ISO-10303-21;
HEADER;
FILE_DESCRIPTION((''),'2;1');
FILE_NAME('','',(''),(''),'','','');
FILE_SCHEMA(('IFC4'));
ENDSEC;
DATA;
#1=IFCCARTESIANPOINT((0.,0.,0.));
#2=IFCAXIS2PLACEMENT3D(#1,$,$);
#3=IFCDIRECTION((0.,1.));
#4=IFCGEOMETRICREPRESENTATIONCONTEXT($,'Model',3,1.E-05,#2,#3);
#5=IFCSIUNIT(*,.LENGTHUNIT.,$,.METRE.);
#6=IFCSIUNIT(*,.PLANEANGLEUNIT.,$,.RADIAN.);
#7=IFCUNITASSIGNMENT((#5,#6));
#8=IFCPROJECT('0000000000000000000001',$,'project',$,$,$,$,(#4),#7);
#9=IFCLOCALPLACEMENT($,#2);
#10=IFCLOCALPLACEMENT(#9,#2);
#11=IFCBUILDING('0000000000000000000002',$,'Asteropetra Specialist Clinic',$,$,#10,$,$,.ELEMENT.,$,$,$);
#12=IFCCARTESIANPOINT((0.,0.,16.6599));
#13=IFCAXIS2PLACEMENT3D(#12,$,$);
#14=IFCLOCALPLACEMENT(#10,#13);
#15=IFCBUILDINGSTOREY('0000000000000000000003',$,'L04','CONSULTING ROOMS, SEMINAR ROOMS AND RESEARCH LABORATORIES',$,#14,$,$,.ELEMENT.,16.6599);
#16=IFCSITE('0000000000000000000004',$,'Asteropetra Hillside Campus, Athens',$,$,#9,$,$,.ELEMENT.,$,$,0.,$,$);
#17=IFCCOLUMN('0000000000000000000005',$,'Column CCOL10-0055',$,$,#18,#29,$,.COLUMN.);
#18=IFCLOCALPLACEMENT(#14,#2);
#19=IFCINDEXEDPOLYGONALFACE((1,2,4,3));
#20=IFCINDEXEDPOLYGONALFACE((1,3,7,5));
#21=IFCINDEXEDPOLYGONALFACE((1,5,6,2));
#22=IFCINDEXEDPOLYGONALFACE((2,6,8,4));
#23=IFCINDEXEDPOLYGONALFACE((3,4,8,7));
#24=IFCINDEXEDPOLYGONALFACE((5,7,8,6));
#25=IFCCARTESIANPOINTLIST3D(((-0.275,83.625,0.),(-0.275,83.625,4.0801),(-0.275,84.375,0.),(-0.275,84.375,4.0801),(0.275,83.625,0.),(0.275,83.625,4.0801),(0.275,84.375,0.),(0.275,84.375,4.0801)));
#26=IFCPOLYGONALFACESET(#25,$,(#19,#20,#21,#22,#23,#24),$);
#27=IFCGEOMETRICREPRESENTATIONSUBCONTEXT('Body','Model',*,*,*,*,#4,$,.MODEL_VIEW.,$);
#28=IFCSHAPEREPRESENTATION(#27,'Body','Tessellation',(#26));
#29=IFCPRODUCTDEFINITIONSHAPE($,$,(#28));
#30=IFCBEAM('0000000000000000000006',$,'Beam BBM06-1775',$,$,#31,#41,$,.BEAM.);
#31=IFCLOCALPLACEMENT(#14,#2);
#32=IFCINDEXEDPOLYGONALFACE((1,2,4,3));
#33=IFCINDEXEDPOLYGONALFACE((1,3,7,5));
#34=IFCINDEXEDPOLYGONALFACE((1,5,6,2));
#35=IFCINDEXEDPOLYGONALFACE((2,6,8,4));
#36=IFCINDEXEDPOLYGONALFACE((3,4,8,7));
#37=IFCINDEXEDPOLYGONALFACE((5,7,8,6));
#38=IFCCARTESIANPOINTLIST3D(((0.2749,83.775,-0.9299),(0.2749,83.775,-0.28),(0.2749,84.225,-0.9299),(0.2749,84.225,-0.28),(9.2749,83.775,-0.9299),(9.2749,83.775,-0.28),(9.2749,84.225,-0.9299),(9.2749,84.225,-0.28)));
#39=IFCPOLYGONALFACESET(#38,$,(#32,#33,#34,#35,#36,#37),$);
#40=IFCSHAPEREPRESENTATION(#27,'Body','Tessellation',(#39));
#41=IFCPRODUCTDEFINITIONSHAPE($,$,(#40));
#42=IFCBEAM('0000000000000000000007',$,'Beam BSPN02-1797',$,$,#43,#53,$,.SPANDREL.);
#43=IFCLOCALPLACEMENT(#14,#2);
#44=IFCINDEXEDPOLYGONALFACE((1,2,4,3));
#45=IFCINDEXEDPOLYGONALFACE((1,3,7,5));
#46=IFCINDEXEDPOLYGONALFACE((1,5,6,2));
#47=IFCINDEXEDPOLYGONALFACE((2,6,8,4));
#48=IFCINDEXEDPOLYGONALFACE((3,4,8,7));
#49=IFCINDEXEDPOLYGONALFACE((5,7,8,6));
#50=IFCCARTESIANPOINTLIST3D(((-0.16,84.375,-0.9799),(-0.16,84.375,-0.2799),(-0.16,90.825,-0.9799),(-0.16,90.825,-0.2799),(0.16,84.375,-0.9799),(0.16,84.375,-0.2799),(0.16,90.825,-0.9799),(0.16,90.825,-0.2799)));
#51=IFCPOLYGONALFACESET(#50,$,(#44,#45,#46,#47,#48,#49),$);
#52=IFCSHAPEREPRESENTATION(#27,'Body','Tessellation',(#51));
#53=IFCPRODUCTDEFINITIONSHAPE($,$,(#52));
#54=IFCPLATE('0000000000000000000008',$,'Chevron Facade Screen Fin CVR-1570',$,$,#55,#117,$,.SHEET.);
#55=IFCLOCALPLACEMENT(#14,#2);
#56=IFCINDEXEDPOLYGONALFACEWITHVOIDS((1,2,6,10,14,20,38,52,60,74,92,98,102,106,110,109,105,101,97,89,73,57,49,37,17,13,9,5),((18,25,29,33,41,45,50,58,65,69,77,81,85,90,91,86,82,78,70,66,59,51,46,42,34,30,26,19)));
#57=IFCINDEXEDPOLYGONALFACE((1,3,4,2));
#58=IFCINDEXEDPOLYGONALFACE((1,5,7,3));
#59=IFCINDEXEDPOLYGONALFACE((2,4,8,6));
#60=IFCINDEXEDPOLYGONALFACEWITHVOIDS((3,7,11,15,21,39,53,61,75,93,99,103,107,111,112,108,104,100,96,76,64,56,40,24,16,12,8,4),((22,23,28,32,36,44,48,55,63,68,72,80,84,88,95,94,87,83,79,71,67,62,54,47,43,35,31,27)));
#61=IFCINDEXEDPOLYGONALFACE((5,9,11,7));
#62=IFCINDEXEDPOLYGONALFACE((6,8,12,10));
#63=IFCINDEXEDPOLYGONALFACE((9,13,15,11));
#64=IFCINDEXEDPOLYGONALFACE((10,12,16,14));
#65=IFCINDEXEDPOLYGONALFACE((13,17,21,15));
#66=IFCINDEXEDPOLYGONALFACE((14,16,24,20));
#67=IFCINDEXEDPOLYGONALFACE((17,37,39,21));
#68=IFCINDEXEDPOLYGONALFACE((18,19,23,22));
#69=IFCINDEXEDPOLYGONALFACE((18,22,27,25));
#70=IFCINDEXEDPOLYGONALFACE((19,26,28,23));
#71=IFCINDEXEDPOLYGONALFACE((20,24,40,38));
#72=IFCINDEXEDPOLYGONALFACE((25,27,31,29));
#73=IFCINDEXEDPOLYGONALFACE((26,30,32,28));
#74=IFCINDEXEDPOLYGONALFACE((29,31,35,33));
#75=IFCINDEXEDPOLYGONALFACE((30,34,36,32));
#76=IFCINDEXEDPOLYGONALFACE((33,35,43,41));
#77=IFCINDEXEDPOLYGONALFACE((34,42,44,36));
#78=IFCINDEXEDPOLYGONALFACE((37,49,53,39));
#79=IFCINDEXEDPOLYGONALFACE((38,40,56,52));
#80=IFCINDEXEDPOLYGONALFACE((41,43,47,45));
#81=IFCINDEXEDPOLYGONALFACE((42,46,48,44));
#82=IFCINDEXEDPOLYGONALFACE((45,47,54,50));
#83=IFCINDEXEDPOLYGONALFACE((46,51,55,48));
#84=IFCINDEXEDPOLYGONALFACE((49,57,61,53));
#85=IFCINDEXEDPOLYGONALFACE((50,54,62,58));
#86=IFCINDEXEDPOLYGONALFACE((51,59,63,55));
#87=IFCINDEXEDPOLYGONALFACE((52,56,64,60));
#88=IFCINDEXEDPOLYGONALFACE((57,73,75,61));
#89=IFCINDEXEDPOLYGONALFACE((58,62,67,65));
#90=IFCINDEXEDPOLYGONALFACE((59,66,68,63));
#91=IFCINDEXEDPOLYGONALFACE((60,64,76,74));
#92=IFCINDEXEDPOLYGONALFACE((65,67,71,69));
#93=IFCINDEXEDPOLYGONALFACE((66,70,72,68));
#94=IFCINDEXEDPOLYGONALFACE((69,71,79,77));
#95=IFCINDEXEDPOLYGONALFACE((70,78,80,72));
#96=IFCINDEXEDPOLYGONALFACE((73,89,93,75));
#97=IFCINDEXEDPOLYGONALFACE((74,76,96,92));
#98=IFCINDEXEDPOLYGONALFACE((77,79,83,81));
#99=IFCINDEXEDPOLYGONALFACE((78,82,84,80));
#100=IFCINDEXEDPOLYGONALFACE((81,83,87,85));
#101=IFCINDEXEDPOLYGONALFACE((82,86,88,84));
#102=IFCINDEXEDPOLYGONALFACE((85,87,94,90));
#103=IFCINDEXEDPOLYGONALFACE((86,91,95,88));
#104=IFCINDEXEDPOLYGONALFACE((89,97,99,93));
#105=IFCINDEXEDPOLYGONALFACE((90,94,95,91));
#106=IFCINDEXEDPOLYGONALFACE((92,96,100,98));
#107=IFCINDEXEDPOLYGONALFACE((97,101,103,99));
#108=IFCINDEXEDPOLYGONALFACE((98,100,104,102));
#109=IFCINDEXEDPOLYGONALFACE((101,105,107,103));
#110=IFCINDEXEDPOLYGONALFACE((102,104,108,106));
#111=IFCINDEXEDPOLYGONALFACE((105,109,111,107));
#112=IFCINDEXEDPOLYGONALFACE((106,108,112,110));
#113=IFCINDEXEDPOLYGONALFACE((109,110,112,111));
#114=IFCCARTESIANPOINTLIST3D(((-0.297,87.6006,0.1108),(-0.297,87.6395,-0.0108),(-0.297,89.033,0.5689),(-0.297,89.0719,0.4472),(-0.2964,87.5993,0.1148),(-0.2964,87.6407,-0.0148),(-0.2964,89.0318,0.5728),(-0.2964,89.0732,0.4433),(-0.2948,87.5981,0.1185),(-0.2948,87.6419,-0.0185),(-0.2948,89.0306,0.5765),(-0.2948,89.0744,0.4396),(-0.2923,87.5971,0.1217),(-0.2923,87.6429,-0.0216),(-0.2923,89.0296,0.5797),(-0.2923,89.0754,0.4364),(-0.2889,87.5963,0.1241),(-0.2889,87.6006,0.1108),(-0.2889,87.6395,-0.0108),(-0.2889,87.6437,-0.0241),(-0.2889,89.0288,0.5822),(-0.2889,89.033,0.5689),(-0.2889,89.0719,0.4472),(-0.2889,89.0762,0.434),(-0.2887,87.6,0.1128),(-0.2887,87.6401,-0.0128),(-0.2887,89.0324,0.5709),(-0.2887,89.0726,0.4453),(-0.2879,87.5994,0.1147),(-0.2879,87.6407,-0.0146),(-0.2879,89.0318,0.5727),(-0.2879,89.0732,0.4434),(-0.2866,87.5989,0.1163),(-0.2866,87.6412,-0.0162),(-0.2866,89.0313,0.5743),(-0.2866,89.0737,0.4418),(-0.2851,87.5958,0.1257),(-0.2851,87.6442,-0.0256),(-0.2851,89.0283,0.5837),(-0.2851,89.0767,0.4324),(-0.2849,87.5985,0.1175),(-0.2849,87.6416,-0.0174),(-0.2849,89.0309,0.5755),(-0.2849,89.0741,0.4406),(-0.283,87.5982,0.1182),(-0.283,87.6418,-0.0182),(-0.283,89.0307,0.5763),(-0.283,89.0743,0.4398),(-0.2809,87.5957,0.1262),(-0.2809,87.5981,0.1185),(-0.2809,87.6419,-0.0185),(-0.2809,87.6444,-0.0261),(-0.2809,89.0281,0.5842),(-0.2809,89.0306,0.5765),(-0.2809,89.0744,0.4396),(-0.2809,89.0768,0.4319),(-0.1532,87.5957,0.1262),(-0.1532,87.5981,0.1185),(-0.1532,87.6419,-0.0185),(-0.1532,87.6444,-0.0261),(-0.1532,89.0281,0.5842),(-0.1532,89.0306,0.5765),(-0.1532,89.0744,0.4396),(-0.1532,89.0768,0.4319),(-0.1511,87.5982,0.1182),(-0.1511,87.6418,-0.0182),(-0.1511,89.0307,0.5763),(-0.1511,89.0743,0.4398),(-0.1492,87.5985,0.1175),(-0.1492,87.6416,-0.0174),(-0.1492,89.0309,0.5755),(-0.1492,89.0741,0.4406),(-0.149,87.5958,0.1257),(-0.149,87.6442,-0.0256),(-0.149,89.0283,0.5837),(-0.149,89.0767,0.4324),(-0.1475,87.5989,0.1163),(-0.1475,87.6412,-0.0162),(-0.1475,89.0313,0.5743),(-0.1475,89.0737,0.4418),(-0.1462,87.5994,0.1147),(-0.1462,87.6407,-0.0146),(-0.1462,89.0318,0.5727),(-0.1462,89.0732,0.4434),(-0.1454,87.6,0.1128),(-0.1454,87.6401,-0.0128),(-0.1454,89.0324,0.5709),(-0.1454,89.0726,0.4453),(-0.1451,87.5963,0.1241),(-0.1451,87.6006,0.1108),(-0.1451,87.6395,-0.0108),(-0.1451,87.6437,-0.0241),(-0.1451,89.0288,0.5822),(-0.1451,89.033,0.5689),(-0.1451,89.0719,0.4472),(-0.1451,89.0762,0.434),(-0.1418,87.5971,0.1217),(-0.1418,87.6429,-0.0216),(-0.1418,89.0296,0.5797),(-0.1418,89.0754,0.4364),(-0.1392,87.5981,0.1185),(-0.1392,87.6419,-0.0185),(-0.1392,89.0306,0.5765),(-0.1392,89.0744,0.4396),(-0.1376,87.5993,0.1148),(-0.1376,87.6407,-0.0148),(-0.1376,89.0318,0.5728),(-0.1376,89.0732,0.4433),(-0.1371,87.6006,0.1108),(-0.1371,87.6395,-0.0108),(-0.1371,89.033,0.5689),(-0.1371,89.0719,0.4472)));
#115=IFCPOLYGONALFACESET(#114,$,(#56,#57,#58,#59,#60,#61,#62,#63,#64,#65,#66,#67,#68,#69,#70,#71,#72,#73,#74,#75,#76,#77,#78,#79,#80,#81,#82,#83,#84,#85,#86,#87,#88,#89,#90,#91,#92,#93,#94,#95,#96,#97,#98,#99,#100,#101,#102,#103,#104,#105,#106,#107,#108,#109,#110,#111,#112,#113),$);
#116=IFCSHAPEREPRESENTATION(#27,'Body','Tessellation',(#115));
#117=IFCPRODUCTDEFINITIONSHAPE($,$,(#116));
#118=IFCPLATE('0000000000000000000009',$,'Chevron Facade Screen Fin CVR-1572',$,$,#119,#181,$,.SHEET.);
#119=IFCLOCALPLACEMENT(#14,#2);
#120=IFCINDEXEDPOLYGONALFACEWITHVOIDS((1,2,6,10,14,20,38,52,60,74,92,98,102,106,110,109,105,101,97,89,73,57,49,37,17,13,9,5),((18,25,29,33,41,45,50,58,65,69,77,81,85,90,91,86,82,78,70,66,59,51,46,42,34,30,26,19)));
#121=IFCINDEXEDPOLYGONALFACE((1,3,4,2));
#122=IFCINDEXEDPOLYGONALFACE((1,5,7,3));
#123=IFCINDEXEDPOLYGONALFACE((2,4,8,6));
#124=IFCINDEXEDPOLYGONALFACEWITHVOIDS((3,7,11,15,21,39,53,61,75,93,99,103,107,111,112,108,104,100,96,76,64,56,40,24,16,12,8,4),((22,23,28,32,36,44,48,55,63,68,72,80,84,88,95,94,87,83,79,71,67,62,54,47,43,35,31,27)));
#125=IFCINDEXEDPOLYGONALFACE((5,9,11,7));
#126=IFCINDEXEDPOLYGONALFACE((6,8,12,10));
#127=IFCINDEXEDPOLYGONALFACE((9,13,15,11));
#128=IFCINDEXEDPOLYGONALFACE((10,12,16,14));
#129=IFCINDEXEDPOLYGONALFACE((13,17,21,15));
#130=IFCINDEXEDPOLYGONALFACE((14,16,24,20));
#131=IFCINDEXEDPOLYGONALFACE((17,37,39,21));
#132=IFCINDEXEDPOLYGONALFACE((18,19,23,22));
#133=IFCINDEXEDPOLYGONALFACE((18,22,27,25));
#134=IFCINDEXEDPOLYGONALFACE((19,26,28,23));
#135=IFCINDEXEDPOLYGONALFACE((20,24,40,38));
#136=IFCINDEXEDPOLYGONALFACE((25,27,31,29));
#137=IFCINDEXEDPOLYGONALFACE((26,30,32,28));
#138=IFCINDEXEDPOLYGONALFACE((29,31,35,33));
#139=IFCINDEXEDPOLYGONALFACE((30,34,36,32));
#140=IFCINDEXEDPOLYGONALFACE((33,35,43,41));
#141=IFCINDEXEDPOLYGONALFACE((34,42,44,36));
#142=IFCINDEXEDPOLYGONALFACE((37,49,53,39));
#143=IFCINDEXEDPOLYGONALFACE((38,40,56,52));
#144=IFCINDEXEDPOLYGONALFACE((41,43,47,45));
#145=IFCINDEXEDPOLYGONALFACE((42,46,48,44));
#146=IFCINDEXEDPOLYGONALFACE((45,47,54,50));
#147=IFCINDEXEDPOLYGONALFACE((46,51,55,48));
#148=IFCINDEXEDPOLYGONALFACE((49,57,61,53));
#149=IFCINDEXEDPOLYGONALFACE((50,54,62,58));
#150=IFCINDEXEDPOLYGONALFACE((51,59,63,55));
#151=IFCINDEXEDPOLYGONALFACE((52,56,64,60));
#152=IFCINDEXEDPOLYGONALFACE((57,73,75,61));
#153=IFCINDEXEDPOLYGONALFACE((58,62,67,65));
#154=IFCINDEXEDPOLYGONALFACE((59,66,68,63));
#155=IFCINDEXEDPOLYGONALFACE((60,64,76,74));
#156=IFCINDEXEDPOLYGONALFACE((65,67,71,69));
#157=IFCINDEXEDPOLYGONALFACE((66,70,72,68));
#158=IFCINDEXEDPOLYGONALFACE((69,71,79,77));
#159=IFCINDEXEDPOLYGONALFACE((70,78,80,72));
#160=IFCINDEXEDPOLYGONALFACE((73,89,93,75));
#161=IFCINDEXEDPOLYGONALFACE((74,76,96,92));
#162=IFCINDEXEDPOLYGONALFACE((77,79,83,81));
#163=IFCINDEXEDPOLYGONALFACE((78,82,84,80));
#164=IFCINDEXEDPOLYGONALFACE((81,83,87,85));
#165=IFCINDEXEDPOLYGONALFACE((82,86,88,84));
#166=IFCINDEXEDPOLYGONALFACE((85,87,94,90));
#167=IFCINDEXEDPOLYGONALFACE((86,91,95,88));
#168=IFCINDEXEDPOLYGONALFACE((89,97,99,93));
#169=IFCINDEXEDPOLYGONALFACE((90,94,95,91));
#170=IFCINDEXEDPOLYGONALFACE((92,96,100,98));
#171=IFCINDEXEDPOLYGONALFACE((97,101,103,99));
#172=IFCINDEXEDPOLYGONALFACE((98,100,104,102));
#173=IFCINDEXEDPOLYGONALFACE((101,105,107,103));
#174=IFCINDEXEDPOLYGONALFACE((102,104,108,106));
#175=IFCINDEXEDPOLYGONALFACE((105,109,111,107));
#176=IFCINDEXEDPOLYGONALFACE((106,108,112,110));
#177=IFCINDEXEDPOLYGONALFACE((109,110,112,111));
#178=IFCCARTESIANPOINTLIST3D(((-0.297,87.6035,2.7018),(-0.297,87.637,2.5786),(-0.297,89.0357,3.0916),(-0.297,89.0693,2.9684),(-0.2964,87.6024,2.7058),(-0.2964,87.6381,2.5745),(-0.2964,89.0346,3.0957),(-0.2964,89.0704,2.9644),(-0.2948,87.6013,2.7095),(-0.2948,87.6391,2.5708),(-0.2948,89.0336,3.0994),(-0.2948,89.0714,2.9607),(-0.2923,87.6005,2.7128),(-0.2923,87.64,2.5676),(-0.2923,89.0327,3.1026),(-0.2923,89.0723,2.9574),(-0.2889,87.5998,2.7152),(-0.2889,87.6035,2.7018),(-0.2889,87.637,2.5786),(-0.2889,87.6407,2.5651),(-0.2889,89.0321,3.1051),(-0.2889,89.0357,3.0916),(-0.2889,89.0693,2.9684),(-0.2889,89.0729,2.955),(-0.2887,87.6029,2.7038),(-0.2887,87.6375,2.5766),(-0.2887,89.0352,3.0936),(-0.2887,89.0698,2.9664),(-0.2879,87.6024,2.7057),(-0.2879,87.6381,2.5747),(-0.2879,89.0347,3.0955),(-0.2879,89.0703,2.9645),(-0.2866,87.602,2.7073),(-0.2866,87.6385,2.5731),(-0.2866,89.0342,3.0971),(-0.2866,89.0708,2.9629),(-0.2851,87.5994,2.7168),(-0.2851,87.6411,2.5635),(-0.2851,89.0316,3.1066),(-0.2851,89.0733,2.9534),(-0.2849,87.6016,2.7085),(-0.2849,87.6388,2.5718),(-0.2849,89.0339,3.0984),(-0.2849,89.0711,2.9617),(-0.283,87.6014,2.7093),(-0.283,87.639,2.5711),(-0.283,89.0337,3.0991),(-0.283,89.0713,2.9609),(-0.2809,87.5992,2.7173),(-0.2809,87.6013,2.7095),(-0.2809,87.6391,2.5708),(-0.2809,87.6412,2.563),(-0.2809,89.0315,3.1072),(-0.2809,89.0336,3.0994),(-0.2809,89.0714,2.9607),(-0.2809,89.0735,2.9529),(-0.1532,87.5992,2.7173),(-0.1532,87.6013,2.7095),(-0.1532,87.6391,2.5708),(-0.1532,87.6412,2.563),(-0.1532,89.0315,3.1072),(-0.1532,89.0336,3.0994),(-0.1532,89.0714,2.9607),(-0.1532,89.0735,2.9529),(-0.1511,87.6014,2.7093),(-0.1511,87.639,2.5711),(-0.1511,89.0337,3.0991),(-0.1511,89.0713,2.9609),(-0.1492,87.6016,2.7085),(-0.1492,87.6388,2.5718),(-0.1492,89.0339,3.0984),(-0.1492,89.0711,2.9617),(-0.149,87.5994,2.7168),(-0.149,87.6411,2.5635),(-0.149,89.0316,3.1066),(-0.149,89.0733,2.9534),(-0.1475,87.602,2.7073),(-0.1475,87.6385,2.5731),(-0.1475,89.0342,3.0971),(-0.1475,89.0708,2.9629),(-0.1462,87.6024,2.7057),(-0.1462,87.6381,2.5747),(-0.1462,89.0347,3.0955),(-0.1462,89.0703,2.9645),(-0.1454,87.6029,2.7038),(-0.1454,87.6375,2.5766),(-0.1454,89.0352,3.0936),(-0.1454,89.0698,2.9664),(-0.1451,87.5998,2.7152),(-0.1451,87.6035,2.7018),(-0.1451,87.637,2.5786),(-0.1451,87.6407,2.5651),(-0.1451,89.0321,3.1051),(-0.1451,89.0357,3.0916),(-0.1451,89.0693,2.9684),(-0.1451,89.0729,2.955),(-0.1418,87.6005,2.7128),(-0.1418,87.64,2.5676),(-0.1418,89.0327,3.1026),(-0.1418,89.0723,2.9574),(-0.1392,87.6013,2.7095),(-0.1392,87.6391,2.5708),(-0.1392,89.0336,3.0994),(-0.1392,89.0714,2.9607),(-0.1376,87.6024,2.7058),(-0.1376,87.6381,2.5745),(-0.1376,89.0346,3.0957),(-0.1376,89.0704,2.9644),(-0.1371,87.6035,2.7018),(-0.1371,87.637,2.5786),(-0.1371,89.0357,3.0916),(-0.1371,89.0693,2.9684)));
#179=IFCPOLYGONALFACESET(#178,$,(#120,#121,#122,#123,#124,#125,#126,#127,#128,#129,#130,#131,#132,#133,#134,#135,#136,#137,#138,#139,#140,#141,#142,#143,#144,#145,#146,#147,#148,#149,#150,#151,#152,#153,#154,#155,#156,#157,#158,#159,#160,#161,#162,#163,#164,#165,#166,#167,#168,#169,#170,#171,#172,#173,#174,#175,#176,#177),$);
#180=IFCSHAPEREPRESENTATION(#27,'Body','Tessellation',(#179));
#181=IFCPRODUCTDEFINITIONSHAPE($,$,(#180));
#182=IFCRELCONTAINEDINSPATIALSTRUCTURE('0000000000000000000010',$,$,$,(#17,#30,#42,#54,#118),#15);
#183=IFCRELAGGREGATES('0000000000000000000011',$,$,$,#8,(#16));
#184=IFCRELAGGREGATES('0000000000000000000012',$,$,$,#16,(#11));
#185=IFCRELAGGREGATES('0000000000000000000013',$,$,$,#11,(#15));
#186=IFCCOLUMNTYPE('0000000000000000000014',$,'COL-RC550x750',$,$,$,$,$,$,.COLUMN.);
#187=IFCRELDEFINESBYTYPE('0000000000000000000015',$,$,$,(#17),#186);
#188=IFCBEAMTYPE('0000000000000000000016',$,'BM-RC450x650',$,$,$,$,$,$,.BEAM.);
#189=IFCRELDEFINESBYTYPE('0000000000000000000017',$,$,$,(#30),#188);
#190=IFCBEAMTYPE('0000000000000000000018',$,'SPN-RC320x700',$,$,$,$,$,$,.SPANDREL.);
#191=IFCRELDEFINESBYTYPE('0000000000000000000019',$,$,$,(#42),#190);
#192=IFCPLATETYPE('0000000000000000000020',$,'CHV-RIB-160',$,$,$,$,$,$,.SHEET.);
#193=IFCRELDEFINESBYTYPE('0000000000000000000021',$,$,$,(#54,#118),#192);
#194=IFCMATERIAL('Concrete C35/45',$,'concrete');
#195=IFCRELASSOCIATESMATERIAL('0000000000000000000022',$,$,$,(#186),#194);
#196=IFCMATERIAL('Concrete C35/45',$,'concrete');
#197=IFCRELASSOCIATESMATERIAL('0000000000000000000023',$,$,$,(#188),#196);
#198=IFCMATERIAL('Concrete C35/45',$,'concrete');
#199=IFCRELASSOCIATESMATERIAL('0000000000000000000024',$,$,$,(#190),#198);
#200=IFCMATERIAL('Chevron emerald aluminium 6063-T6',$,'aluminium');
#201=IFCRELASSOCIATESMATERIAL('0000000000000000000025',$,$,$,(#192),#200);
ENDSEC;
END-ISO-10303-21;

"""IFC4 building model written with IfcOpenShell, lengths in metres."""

from ifc_helpers import new_model, si_unit, direction, frame, origin, origin_2d, place, context, subcontext, project, spatial, rectangle, hollow_rectangle, extrude, material, material_profile, profile_set, type_object, element, save


model = new_model("IFC4")

# Units and contexts
model_context = context("Model", 3, precision=1e-05, world=origin(), true_north=direction((0.0, 1.0)))
body_context = subcontext(model_context, "Body", "Model", "MODEL_VIEW")
ifc_project = project(units=[si_unit("LENGTHUNIT", "METRE"), si_unit("PLANEANGLEUNIT", "RADIAN")], contexts=[model_context])

# Site, building, storey
site_placement = place(None, origin())
site = spatial("IfcSite", under=ifc_project, at=site_placement, Name="Asteropetra Hillside Campus, Athens", CompositionType="ELEMENT", RefElevation=0.0)
building_placement = place(site_placement, origin())
building = spatial("IfcBuilding", under=site, at=building_placement, Name="Asteropetra Specialist Clinic", CompositionType="ELEMENT")
storey_placement = place(building_placement, frame((0.0, 0.0, 16.6599)))
storey = spatial("IfcBuildingStorey", under=building, at=storey_placement, Name="L04", Description="CONSULTING ROOMS, SEMINAR ROOMS AND RESEARCH LABORATORIES", CompositionType="ELEMENT", Elevation=16.6599)

# Column
ifc_material_1 = material(Name="Concrete C35/45", Category="concrete")
ifc_material_profile_1 = material_profile(ifc_material_1, rectangle(XDim=0.55, YDim=0.75, at=origin_2d()), Name="RC 550x750")
ifc_profile_set_1 = profile_set([ifc_material_profile_1], Name="Concrete C35/45")
column_type = type_object("IfcColumnType", Name="COL-RC550x750", PredefinedType="COLUMN", material=ifc_profile_set_1)
column_placement = place(storey_placement, frame((0.0, 84.0, 0.0), z_axis=(0.0, 0.0, 1.0), x_axis=(1.0, 0.0, 0.0)))
element("IfcColumn", 1, at=column_placement, inside=storey, type_object=column_type, Name="Column CCOL10-0055", PredefinedType="COLUMN", context=body_context, shape_type="SweptSolid", body=[
    extrude(rectangle(XDim=0.55, YDim=0.75, at=origin_2d()), origin(), (0.0, 0.0, 1.0), 4.0801),
])

# Beams
ifc_material_2 = material(Name="Concrete C35/45", Category="concrete")
ifc_material_profile_2 = material_profile(ifc_material_2, rectangle(XDim=0.45, YDim=0.6499, at=origin_2d()), Name="RCB 450x650")
ifc_profile_set_2 = profile_set([ifc_material_profile_2], Name="Concrete C35/45")
beam_type_1 = type_object("IfcBeamType", Name="BM-RC450x650", PredefinedType="BEAM", material=ifc_profile_set_2)
beam_1_placement = place(storey_placement, frame((0.2749, 84.0, -0.605), z_axis=(1.0, 0.0, 0.0), x_axis=(0.0, 1.0, 0.0)))
element("IfcBeam", 2, at=beam_1_placement, inside=storey, type_object=beam_type_1, Name="Beam BBM06-1775", PredefinedType="BEAM", context=body_context, shape_type="SweptSolid", body=[
    extrude(rectangle(XDim=0.45, YDim=0.6499, at=origin_2d()), origin(), (0.0, 0.0, 1.0), 9.0),
])
ifc_material_3 = material(Name="Concrete C35/45", Category="concrete")
ifc_material_profile_3 = material_profile(ifc_material_3, rectangle(XDim=0.3201, YDim=0.7, at=origin_2d()), Name="RCS 320x700")
ifc_profile_set_3 = profile_set([ifc_material_profile_3], Name="Concrete C35/45")
beam_type_2 = type_object("IfcBeamType", Name="SPN-RC320x700", PredefinedType="SPANDREL", material=ifc_profile_set_3)
beam_2_placement = place(storey_placement, frame((0.0, 84.375, -0.6299), z_axis=(0.0, 1.0, 0.0), x_axis=(-1.0, 0.0, 0.0)))
element("IfcBeam", 3, at=beam_2_placement, inside=storey, type_object=beam_type_2, Name="Beam BSPN02-1797", PredefinedType="SPANDREL", context=body_context, shape_type="SweptSolid", body=[
    extrude(rectangle(XDim=0.3201, YDim=0.7, at=origin_2d()), origin(), (0.0, 0.0, 1.0), 6.45),
])

# Plates
ifc_material_4 = material(Name="Chevron emerald aluminium 6063-T6", Category="aluminium")
ifc_material_profile_4 = material_profile(ifc_material_4, hollow_rectangle(XDim=0.1599, YDim=0.1599, WallThickness=0.0081, InnerFilletRadius=0.0081, OuterFilletRadius=0.0161, at=origin_2d()), Name="SHS 160x160x8.0")
ifc_profile_set_4 = profile_set([ifc_material_profile_4], Name="Chevron emerald aluminium 6063-T6")
plate_type_1 = type_object("IfcPlateType", Name="CHV-RIB-160", PredefinedType="SHEET", material=ifc_profile_set_4)
plate_1_placement = place(storey_placement, frame((-0.217, 89.0525, 0.5081), z_axis=(0.0, -0.952492, -0.304564), x_axis=(1.0, 0.0, 0.0)))
element("IfcPlate", 4, at=plate_1_placement, inside=storey, type_object=plate_type_1, Name="Chevron Facade Screen Fin CVR-1570", PredefinedType="SHEET", context=body_context, shape_type="SweptSolid", body=[
    extrude(hollow_rectangle(XDim=0.1599, YDim=0.1599, WallThickness=0.0081, InnerFilletRadius=0.0081, OuterFilletRadius=0.0161, at=origin_2d()), origin(), (0.0, 0.0, 1.0), 1.5039),
])
plate_2_placement = place(storey_placement, frame((-0.217, 89.0525, 3.03), z_axis=(0.0, -0.964893, -0.262644), x_axis=(1.0, 0.0, 0.0)))
element("IfcPlate", 5, at=plate_2_placement, inside=storey, type_object=plate_type_1, Name="Chevron Facade Screen Fin CVR-1572", PredefinedType="SHEET", context=body_context, shape_type="SweptSolid", body=[
    extrude(hollow_rectangle(XDim=0.1599, YDim=0.1599, WallThickness=0.0081, InnerFilletRadius=0.0081, OuterFilletRadius=0.0161, at=origin_2d()), origin(), (0.0, 0.0, 1.0), 1.4844),
])

save(model, "model.ifc")
